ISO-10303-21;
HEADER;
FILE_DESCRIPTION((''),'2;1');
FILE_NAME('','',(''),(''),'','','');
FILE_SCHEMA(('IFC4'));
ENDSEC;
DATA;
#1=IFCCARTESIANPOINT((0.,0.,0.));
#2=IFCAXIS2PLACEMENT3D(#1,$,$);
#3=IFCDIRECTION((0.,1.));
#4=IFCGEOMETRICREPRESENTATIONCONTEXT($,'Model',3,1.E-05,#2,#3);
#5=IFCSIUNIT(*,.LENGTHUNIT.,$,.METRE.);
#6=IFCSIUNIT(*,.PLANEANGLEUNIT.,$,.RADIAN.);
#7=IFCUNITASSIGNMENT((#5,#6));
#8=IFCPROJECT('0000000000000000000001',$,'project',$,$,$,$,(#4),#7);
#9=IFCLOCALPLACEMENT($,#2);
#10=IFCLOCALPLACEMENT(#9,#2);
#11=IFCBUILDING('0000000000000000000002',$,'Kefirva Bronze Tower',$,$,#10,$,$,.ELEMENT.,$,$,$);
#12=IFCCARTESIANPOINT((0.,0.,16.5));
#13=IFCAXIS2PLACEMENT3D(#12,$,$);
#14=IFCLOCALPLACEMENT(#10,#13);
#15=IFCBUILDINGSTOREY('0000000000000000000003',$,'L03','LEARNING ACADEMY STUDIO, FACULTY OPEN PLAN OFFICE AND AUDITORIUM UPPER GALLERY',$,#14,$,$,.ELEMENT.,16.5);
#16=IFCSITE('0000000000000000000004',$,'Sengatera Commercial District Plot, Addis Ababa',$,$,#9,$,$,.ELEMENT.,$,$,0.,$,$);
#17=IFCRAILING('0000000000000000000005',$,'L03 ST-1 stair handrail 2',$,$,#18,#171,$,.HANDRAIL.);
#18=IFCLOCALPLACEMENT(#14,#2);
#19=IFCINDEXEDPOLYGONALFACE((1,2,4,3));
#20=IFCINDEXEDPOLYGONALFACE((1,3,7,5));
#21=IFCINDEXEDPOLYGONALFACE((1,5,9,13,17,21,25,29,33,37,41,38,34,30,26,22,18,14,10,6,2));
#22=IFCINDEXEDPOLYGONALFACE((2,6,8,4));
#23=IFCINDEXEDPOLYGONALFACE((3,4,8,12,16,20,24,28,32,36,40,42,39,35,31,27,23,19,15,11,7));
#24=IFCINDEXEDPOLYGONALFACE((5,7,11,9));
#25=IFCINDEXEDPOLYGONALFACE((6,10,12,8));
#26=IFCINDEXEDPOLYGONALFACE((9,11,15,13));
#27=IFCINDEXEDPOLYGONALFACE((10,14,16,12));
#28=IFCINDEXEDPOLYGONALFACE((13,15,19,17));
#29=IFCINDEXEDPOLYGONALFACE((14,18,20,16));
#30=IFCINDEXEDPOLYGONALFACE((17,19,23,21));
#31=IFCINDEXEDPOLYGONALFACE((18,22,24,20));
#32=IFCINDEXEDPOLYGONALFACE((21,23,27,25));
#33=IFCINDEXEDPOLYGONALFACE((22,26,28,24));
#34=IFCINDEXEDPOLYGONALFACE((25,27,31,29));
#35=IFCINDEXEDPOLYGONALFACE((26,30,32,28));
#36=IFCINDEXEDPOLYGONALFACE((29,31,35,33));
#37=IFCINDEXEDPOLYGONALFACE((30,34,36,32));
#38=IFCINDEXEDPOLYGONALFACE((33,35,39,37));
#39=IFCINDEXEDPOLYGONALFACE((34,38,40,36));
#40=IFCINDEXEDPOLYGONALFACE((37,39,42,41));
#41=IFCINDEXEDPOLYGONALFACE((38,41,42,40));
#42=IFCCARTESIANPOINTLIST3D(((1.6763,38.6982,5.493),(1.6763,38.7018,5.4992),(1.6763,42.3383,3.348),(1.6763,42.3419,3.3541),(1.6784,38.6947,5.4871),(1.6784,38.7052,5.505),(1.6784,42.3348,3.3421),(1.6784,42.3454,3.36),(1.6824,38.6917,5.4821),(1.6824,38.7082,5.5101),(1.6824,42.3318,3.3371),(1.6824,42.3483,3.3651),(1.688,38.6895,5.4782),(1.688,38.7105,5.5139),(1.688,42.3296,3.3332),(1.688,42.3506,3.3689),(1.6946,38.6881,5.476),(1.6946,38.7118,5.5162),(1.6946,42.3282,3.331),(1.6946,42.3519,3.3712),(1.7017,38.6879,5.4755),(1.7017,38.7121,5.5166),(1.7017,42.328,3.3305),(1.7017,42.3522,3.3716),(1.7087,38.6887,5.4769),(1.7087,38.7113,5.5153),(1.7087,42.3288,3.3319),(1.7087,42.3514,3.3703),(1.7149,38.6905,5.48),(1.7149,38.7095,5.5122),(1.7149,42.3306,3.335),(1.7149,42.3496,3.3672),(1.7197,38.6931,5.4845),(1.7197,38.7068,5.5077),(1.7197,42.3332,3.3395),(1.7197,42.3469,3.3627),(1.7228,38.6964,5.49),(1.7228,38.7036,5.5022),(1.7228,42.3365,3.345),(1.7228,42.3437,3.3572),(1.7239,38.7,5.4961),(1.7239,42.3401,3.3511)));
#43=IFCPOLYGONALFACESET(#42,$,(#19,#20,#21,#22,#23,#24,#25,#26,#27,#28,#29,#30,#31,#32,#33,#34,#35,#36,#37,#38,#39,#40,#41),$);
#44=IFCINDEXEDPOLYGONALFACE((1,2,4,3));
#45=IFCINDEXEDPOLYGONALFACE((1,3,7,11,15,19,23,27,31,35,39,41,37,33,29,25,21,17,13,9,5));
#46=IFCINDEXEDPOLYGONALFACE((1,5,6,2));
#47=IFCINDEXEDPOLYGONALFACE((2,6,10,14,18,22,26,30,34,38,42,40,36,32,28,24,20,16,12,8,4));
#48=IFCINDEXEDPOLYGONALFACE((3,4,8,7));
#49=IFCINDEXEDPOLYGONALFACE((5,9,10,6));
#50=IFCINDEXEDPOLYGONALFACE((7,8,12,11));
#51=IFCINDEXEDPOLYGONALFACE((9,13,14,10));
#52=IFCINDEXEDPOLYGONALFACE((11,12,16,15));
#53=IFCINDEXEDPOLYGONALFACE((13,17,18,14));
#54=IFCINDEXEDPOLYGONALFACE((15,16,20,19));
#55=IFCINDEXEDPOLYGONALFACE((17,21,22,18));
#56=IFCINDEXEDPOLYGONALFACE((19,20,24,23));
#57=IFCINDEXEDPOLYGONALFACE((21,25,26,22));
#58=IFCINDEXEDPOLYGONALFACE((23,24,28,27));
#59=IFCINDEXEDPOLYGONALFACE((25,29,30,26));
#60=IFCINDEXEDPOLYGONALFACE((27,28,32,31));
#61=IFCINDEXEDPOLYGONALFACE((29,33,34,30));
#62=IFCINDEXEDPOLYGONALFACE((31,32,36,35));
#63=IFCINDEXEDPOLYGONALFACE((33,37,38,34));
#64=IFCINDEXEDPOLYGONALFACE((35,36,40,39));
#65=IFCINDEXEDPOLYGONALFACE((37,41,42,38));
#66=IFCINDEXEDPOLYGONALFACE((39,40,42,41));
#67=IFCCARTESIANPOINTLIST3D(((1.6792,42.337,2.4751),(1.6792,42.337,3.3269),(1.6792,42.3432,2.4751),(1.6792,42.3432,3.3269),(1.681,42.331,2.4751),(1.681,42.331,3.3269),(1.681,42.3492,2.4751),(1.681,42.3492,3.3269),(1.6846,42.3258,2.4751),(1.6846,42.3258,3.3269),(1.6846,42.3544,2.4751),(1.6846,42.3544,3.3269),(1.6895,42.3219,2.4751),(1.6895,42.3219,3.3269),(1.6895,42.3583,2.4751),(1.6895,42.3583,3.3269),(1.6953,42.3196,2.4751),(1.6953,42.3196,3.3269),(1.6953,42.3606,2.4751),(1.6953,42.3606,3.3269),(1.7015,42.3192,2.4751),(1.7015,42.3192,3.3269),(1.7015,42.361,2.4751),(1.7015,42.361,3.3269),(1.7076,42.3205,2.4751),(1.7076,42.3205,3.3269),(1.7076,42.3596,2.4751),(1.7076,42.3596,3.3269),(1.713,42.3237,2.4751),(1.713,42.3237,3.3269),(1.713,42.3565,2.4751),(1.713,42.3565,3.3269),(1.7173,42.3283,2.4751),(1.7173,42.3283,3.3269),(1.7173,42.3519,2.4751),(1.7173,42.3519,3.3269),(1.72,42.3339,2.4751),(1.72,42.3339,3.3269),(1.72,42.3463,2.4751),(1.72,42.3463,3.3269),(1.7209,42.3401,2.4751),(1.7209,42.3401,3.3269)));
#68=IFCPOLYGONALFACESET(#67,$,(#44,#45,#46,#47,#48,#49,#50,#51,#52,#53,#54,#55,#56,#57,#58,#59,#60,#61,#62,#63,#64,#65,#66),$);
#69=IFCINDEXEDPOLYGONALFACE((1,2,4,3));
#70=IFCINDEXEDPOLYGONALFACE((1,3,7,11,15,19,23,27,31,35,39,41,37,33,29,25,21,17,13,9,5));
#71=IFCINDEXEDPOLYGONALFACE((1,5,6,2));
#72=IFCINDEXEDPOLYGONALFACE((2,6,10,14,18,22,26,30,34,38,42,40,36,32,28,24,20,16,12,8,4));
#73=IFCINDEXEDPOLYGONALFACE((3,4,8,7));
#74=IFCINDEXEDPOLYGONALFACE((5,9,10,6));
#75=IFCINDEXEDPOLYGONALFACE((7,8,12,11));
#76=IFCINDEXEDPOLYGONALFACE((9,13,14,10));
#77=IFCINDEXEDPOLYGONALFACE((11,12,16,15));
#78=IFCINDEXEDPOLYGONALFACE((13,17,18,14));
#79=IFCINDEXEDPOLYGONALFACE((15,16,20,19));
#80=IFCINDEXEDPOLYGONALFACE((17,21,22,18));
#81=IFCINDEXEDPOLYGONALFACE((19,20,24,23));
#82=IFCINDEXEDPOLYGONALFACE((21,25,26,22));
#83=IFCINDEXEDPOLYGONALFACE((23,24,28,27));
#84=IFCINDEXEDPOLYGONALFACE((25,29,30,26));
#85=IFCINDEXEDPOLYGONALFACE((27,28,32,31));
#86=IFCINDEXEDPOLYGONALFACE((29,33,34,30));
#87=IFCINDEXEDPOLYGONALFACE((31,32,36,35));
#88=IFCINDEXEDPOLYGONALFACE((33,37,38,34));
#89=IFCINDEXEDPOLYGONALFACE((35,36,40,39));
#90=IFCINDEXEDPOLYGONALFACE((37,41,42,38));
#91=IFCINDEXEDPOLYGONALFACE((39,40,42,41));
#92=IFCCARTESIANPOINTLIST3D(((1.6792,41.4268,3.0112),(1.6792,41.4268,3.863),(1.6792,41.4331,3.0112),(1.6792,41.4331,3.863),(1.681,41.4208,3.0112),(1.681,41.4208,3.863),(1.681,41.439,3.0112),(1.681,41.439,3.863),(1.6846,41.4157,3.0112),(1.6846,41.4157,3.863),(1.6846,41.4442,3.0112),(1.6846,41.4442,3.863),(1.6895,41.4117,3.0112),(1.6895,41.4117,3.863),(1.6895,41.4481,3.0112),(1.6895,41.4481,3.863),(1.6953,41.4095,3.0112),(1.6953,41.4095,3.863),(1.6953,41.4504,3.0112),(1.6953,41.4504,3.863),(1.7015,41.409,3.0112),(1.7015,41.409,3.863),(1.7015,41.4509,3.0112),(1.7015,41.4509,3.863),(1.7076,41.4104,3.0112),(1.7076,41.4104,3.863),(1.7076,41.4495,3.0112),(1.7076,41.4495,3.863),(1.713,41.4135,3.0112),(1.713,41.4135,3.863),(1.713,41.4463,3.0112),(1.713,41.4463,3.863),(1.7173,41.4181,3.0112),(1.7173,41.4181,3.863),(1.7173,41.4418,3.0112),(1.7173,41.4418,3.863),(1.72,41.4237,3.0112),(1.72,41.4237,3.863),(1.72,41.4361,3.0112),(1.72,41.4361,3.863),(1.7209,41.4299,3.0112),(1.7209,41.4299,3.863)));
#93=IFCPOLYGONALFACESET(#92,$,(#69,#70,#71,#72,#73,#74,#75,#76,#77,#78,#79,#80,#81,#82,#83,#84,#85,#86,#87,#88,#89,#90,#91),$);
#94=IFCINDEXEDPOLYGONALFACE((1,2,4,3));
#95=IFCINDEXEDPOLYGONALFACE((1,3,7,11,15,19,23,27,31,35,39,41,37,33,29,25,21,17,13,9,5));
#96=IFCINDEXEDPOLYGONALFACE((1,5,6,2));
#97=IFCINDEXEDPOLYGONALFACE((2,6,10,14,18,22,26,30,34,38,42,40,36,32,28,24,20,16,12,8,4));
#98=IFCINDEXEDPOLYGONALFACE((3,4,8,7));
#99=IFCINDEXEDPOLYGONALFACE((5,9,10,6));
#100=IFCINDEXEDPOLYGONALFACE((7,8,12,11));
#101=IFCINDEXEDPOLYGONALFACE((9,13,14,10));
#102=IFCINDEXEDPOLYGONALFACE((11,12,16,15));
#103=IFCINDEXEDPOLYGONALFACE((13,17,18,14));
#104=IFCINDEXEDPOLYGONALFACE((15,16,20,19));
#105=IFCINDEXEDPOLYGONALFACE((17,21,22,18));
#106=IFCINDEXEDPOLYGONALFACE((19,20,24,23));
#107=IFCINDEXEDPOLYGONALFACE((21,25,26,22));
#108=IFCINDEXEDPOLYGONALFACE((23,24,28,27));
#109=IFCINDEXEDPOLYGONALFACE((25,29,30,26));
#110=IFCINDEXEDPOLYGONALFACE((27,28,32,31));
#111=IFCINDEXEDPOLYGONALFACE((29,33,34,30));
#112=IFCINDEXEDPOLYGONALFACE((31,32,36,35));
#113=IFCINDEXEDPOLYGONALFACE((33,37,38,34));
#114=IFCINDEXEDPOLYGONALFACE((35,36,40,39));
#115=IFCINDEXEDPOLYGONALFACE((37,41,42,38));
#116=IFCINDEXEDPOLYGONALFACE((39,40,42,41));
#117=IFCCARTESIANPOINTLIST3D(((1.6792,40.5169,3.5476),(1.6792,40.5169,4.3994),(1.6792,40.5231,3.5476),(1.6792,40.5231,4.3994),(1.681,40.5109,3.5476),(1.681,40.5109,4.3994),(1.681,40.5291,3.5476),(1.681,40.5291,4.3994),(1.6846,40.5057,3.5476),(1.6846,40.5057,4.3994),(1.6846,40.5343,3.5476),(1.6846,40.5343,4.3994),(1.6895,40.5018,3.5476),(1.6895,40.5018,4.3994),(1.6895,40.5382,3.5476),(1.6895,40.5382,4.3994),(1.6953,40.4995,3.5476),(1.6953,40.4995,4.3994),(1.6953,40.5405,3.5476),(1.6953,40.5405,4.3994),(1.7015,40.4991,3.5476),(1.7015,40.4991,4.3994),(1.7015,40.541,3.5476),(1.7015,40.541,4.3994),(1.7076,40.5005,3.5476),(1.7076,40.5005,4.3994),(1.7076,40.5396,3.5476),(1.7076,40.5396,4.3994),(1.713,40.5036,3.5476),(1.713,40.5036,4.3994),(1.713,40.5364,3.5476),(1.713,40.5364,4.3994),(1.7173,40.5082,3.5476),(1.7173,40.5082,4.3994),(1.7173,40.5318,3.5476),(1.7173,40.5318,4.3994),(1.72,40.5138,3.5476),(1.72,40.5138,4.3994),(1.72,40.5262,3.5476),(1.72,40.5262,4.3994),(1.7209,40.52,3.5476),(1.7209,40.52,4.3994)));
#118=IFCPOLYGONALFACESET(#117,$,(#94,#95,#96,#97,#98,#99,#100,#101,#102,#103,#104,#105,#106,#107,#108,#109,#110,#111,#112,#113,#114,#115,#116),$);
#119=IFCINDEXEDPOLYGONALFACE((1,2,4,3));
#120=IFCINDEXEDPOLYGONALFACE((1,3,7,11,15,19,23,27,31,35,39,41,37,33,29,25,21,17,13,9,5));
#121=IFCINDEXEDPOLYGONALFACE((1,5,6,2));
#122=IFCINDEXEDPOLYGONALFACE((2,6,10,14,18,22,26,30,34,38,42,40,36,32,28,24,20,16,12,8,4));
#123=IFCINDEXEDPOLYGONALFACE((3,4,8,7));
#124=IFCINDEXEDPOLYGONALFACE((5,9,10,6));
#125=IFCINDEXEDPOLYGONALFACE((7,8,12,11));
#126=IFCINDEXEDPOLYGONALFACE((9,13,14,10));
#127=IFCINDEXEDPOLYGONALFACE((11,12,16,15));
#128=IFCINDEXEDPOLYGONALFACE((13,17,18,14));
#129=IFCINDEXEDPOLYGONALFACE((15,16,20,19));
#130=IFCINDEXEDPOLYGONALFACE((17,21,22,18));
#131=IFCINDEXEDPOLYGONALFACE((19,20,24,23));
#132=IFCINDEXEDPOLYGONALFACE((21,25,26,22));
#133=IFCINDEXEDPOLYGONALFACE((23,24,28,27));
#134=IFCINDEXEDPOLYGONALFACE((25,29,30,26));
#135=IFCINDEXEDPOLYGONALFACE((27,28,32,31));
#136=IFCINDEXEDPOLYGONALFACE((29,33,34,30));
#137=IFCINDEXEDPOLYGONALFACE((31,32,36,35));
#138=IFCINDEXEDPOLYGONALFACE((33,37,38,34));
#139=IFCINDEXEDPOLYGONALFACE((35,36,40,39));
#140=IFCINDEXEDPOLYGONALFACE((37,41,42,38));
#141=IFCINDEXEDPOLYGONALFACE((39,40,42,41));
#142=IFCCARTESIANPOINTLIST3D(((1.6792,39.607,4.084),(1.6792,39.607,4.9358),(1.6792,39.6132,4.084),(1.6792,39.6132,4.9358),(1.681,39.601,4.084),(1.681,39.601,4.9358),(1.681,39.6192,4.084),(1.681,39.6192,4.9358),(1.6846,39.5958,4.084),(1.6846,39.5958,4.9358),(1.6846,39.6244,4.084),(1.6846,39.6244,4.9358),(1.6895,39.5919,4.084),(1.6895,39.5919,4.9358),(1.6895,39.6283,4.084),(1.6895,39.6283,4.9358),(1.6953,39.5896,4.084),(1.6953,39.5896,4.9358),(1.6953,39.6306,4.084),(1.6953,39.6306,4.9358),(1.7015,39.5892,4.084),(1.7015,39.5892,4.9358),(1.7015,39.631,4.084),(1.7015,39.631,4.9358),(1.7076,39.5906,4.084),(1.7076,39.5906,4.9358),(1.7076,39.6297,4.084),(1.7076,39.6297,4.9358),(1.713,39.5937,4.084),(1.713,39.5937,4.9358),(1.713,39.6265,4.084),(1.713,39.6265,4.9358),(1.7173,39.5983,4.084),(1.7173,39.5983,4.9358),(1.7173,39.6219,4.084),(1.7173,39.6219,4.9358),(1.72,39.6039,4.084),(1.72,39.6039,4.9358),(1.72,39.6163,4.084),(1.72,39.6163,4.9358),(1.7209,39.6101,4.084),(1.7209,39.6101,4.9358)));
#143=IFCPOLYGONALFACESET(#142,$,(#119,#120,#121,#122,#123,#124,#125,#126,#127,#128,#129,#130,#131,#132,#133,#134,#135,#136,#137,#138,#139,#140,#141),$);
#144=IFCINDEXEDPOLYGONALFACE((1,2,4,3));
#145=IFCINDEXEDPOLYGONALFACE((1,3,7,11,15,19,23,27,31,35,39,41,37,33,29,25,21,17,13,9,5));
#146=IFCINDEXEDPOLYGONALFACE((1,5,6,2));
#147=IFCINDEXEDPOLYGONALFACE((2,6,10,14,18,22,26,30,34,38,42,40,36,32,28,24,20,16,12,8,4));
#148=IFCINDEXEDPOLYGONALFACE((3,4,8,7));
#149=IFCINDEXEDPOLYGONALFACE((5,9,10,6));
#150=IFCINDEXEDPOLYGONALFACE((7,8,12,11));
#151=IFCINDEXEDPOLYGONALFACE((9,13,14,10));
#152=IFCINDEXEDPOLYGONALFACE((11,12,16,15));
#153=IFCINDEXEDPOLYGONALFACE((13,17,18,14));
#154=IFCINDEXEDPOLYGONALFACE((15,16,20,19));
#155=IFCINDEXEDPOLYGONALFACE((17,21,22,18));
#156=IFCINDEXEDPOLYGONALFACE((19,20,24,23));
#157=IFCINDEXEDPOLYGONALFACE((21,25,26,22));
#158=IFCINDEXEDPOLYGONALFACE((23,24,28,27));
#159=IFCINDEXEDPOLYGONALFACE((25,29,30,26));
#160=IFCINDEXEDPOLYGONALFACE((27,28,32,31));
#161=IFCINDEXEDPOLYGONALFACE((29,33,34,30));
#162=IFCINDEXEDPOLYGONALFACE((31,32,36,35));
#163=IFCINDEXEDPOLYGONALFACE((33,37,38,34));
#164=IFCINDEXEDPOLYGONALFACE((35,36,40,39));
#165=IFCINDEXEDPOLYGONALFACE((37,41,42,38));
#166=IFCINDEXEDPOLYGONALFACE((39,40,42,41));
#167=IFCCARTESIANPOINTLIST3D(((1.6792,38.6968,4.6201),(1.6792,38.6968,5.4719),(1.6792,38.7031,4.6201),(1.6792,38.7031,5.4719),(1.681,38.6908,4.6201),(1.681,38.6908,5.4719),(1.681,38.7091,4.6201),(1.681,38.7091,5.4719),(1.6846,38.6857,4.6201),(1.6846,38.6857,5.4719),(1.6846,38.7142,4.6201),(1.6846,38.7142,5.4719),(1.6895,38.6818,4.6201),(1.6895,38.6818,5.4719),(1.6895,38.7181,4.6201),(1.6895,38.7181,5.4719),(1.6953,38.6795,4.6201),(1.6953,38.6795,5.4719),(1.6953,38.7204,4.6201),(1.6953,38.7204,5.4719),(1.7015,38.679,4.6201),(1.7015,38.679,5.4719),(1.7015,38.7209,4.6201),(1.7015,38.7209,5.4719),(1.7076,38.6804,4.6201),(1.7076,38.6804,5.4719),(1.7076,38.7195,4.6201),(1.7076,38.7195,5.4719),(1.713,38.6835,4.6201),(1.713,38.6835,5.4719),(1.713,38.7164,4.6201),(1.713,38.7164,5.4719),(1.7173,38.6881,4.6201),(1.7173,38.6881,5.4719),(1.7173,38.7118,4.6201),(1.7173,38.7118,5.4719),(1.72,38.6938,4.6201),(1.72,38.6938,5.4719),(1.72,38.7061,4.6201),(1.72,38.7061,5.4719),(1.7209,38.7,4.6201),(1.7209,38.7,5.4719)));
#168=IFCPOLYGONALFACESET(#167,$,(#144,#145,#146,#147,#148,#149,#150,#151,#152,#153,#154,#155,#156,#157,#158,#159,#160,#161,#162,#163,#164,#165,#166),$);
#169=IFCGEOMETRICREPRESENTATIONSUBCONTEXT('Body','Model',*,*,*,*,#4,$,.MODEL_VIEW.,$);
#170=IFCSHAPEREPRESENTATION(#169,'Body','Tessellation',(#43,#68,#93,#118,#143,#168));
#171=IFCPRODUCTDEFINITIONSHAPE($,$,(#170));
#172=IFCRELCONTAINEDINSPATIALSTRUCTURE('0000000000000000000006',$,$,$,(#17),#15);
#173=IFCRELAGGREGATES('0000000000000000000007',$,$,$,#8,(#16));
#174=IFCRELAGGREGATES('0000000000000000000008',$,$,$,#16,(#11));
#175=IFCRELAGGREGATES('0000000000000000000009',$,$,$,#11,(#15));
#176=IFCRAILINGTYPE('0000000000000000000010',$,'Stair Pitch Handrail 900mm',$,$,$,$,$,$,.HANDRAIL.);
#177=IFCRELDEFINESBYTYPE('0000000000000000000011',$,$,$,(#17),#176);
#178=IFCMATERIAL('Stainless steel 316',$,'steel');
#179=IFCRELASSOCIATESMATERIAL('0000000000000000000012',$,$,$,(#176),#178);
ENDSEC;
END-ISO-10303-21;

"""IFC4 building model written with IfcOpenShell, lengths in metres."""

from ifc_helpers import new_model, si_unit, direction, frame, origin, origin_2d, place, context, subcontext, project, spatial, circle, extrude, material, type_object, element, save


model = new_model("IFC4")

# Units and contexts
model_context = context("Model", 3, precision=1e-05, world=origin(), true_north=direction((0.0, 1.0)))
body_context = subcontext(model_context, "Body", "Model", "MODEL_VIEW")
ifc_project = project(units=[si_unit("LENGTHUNIT", "METRE"), si_unit("PLANEANGLEUNIT", "RADIAN")], contexts=[model_context])

# Site, building, storey
site_placement = place(None, origin())
site = spatial("IfcSite", under=ifc_project, at=site_placement, Name="Sengatera Commercial District Plot, Addis Ababa", CompositionType="ELEMENT", RefElevation=0.0)
building_placement = place(site_placement, origin())
building = spatial("IfcBuilding", under=site, at=building_placement, Name="Kefirva Bronze Tower", CompositionType="ELEMENT")
storey_placement = place(building_placement, frame((0.0, 0.0, 16.5)))
storey = spatial("IfcBuildingStorey", under=building, at=storey_placement, Name="L03", Description="LEARNING ACADEMY STUDIO, FACULTY OPEN PLAN OFFICE AND AUDITORIUM UPPER GALLERY", CompositionType="ELEMENT", Elevation=16.5)

# Shared definitions
ifc_material_1 = material(Name="Stainless steel 316", Category="steel")

# Railing
railing_type_1 = type_object("IfcRailingType", Name="Stair Pitch Handrail 900mm", PredefinedType="HANDRAIL", material=ifc_material_1)
railing_1_placement = place(storey_placement, frame((1.7, 42.3401, 2.4751)))
element("IfcRailing", 1, at=railing_1_placement, inside=storey, type_object=railing_type_1, Name="L03 ST-1 stair handrail 2", PredefinedType="HANDRAIL", context=body_context, shape_type="SweptSolid", body=[
    extrude(circle(Radius=0.0239, at=origin_2d()), frame((0.0, 0.0, 0.876), z_axis=(0.0, -0.861545, 0.507682), x_axis=(1.0, 0.0, 0.0)), (0.0, 0.0, 1.0), 4.2251),
    extrude(circle(Radius=0.021, at=origin_2d()), origin(), (0.0, 0.0, 1.0), 0.8518),
    extrude(circle(Radius=0.021, at=origin_2d()), frame((0.0, -0.9102, 0.5361)), (0.0, 0.0, 1.0), 0.8518),
    extrude(circle(Radius=0.021, at=origin_2d()), frame((0.0, -1.8201, 1.0725)), (0.0, 0.0, 1.0), 0.8518),
    extrude(circle(Radius=0.021, at=origin_2d()), frame((0.0, -2.73, 1.6089)), (0.0, 0.0, 1.0), 0.8518),
    extrude(circle(Radius=0.021, at=origin_2d()), frame((0.0, -3.6401, 2.145)), (0.0, 0.0, 1.0), 0.8518),
])

save(model, "model.ifc")
